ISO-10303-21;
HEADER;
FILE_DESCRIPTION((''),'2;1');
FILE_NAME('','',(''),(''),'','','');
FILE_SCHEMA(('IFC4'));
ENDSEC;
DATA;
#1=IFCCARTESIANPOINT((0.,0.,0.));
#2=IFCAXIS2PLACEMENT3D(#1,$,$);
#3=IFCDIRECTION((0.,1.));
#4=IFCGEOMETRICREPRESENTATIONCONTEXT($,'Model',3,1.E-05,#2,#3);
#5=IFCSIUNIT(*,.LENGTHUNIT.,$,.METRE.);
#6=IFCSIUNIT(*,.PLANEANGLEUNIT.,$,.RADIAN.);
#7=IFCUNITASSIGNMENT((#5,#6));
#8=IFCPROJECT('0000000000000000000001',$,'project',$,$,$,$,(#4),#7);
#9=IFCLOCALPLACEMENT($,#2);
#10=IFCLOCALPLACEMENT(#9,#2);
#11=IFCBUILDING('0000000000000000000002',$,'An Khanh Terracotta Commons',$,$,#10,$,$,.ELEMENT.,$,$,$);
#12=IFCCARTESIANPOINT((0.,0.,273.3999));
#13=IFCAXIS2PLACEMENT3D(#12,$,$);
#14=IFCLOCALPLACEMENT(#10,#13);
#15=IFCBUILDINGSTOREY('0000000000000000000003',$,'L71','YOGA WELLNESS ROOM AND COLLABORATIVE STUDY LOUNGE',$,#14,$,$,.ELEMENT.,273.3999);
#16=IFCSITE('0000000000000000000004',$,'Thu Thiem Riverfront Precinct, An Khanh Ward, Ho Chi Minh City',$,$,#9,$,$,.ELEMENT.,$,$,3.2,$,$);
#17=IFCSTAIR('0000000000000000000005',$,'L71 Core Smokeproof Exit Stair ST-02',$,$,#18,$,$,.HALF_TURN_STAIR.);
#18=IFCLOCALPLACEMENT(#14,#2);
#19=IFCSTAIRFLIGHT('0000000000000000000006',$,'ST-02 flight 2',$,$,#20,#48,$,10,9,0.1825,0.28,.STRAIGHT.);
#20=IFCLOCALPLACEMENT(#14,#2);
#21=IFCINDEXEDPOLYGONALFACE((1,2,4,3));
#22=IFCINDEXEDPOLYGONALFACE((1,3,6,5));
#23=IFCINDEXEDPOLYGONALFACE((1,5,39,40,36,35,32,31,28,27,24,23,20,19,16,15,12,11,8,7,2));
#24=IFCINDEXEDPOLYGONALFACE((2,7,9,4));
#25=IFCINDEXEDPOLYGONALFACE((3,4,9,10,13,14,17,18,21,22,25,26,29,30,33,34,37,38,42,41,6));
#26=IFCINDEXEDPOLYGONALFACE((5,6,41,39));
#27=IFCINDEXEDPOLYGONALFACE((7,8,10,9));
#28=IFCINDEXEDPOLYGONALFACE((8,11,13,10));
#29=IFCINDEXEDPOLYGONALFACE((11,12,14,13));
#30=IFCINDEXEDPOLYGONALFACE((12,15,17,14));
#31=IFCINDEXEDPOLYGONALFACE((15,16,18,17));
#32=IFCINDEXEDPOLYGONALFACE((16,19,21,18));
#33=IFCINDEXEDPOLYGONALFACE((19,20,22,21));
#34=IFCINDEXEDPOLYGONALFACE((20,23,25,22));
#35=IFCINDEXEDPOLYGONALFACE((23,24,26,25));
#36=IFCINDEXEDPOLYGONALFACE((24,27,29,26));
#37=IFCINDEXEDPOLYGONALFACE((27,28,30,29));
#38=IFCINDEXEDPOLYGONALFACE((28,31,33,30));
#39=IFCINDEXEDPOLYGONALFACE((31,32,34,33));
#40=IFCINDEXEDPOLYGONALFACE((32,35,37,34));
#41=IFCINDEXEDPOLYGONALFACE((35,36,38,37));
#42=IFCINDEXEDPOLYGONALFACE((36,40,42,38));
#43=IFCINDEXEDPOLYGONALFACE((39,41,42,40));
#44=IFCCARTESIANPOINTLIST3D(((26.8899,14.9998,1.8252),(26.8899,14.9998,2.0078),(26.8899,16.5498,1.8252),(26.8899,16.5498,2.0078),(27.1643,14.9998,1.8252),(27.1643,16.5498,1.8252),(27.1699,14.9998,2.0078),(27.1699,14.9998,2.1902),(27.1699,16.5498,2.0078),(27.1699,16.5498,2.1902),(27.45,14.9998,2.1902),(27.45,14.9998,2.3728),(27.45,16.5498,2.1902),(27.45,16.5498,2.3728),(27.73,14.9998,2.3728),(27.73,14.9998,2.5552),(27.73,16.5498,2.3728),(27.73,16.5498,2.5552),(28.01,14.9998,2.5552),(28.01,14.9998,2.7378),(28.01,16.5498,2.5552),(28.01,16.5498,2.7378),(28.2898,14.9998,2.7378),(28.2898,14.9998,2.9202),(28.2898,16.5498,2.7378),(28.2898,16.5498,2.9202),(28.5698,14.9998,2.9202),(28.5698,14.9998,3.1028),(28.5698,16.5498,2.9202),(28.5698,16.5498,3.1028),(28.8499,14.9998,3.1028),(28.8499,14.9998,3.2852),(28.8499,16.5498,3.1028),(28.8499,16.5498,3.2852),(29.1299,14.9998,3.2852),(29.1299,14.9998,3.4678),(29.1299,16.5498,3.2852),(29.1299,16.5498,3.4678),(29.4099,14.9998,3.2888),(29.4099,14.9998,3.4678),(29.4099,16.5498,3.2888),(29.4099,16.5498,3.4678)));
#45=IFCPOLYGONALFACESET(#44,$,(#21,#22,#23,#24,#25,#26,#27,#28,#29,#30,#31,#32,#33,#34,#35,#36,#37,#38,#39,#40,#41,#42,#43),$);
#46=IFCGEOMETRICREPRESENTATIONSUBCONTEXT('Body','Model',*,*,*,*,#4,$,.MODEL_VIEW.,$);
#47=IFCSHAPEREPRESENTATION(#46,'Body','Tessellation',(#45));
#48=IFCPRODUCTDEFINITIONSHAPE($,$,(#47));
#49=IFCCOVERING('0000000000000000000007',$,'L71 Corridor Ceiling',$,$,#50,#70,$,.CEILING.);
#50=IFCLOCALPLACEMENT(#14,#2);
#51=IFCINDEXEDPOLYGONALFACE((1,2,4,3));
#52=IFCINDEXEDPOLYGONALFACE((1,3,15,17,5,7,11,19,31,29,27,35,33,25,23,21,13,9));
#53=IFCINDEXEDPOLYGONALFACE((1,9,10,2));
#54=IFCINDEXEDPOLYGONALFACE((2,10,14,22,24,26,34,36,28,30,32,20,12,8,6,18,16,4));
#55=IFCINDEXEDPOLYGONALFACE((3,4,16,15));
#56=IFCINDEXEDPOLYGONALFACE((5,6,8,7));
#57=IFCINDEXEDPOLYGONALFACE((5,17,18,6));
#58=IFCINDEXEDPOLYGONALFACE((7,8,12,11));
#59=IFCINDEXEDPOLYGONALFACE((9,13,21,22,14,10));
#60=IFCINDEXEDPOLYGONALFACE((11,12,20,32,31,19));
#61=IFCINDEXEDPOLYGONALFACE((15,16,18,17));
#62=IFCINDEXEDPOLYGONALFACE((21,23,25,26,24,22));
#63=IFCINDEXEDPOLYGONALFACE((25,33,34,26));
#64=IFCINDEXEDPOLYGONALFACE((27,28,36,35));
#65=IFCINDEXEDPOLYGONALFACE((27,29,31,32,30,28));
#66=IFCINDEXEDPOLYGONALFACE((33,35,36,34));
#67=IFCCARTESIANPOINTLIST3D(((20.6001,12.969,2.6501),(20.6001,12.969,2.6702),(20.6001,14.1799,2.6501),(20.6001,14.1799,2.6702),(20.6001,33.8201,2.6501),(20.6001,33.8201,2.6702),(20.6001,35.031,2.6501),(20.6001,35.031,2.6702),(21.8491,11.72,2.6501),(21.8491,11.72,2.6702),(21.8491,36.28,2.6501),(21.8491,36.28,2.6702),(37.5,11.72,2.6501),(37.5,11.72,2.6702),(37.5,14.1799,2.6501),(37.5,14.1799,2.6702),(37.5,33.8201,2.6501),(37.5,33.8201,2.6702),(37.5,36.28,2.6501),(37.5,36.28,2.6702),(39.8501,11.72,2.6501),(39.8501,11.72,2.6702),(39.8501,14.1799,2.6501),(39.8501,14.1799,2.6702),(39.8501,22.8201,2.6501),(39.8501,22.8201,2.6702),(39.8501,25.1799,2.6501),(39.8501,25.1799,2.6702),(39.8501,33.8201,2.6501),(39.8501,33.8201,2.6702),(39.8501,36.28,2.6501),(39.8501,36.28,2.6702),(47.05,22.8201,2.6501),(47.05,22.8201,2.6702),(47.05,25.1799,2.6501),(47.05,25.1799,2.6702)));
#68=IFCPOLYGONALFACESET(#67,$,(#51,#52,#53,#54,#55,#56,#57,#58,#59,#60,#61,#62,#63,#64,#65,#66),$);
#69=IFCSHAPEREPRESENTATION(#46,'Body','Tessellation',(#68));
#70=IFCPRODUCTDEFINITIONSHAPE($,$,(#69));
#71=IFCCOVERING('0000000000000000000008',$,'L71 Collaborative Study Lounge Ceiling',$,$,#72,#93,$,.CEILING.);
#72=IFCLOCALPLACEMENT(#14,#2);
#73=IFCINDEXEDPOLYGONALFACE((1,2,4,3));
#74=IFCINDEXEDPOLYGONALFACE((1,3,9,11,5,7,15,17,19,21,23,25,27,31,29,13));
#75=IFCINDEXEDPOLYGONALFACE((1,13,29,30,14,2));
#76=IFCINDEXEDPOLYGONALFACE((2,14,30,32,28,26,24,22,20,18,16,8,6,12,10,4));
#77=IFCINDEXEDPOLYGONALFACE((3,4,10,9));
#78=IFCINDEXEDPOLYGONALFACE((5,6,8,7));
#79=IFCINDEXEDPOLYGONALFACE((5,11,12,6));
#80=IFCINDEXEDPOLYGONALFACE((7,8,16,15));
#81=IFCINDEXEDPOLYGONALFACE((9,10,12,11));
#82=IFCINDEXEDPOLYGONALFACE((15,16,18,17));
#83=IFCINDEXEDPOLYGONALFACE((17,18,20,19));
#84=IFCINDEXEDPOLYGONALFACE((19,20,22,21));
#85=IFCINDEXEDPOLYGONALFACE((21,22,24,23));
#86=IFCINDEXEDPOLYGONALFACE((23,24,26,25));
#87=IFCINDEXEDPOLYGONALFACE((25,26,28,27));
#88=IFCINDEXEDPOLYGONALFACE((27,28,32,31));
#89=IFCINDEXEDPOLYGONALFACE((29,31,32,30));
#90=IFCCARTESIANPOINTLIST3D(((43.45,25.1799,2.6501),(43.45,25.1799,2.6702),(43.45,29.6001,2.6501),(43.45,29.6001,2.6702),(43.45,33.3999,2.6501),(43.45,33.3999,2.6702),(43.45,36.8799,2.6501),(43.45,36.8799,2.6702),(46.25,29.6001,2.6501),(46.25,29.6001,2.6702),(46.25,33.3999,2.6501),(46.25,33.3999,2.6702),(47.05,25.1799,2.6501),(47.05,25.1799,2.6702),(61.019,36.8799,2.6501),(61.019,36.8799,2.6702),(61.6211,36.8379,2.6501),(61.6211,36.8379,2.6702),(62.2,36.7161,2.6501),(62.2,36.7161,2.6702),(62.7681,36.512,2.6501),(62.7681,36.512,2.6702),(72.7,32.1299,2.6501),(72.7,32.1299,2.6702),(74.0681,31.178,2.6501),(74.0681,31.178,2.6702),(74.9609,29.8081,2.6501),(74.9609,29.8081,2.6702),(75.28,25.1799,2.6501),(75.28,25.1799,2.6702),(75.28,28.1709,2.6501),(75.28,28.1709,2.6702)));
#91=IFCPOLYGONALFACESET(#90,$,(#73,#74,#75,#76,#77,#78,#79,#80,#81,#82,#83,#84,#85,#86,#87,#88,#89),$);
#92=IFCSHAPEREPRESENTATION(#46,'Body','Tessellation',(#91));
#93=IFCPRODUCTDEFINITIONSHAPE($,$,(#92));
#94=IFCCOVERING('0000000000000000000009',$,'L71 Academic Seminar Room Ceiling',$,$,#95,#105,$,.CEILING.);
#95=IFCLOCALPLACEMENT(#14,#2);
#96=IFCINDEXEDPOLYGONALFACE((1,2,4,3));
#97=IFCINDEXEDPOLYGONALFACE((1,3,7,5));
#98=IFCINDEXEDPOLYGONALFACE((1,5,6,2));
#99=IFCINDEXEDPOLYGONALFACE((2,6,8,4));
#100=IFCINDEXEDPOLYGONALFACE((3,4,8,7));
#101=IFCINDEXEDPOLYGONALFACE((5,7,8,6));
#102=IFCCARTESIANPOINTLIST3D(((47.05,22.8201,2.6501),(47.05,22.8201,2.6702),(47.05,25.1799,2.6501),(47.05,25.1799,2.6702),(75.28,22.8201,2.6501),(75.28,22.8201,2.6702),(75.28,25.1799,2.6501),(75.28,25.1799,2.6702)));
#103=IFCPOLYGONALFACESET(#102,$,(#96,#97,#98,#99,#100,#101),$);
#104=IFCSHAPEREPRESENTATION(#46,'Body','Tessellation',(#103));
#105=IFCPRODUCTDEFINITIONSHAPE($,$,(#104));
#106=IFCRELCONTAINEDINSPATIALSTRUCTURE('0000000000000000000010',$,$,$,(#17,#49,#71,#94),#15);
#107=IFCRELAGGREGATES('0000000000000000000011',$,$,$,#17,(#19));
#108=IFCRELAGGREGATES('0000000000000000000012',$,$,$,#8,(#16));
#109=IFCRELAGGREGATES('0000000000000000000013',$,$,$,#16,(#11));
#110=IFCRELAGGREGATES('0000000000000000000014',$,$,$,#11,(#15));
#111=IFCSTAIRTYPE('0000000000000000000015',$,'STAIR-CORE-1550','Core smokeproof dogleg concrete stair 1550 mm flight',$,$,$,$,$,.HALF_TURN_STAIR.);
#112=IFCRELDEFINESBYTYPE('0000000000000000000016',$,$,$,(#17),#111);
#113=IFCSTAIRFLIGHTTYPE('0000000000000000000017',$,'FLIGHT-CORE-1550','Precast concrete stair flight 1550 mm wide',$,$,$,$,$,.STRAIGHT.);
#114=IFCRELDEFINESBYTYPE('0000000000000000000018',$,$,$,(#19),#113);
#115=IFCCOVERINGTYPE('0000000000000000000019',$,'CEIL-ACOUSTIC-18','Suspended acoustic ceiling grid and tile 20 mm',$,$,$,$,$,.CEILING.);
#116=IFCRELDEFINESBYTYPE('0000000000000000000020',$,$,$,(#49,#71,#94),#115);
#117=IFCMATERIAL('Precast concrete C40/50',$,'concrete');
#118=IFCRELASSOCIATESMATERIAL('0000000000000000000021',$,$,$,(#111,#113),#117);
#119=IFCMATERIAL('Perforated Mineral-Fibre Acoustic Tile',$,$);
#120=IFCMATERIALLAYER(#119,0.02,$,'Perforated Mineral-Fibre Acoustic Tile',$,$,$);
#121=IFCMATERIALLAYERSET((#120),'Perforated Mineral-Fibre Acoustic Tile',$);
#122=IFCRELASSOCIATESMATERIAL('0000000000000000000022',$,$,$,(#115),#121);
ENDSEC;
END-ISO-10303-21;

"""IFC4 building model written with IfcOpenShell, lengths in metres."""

from ifc_helpers import new_model, si_unit, direction, frame, origin, place, context, subcontext, project, spatial, polyline, outline, extrude, material, layer, layer_set, type_object, element, aggregate, save


model = new_model("IFC4")

# Units and contexts
model_context = context("Model", 3, precision=1e-05, world=origin(), true_north=direction((0.0, 1.0)))
body_context = subcontext(model_context, "Body", "Model", "MODEL_VIEW")
ifc_project = project(units=[si_unit("LENGTHUNIT", "METRE"), si_unit("PLANEANGLEUNIT", "RADIAN")], contexts=[model_context])

# Site, building, storey
site_placement = place(None, origin())
site = spatial("IfcSite", under=ifc_project, at=site_placement, Name="Thu Thiem Riverfront Precinct, An Khanh Ward, Ho Chi Minh City", CompositionType="ELEMENT", RefElevation=3.2)
building_placement = place(site_placement, origin())
building = spatial("IfcBuilding", under=site, at=building_placement, Name="An Khanh Terracotta Commons", CompositionType="ELEMENT")
storey_placement = place(building_placement, frame((0.0, 0.0, 273.3999)))
storey = spatial("IfcBuildingStorey", under=building, at=storey_placement, Name="L71", Description="YOGA WELLNESS ROOM AND COLLABORATIVE STUDY LOUNGE", CompositionType="ELEMENT", Elevation=273.3999)

# Stair
ifc_material_1 = material(Name="Precast concrete C40/50", Category="concrete")
stair_type = type_object("IfcStairType", Name="STAIR-CORE-1550", Description="Core smokeproof dogleg concrete stair 1550 mm flight", PredefinedType="HALF_TURN_STAIR", material=ifc_material_1)
stair_1_placement = place(storey_placement, origin())
stair_1 = element("IfcStair", 1, at=stair_1_placement, inside=storey, type_object=stair_type, Name="L71 Core Smokeproof Exit Stair ST-02", PredefinedType="HALF_TURN_STAIR")

# Stair flight
stair_flight_type = type_object("IfcStairFlightType", Name="FLIGHT-CORE-1550", Description="Precast concrete stair flight 1550 mm wide", PredefinedType="STRAIGHT", material=ifc_material_1)
stair_flight_1_placement = place(storey_placement, frame((26.8899, 15.7749, 1.8252), z_axis=(0.0, 0.0, 1.0), x_axis=(1.0, 0.0, 0.0)))
stair_flight_1 = element("IfcStairFlight", 2, at=stair_flight_1_placement, type_object=stair_flight_type, Name="ST-02 flight 2", NumberOfRisers=10, NumberOfTreads=9, PredefinedType="STRAIGHT", RiserHeight=0.1825, TreadLength=0.28, context=body_context, shape_type="SweptSolid", body=[
    extrude(outline(polyline([(0.0, 0.0), (0.0, 0.1826), (0.28, 0.1826), (0.28, 0.365), (0.5601, 0.365), (0.5601, 0.5476), (0.8401, 0.5476), (0.8401, 0.73), (1.1201, 0.73), (1.1201, 0.9126), (1.3999, 0.9126), (1.3999, 1.095), (1.6799, 1.095), (1.6799, 1.2776), (1.96, 1.2776), (1.96, 1.46), (2.24, 1.46), (2.24, 1.6426), (2.52, 1.6426), (2.52, 1.825), (2.52, 1.4636), (0.2744, 0.0), (0.0, 0.0)])), frame((0.0, 0.7749, 0.0), z_axis=(0.0, -1.0, 0.0), x_axis=(1.0, 0.0, 0.0)), (0.0, 0.0, 1.0), 1.55),
])
aggregate(stair_1, [stair_flight_1])

# Coverings
ifc_material_2 = material(Name="Perforated Mineral-Fibre Acoustic Tile")
ifc_layer_1 = layer(ifc_material_2, 0.02, Name="Perforated Mineral-Fibre Acoustic Tile")
ifc_layer_set_1 = layer_set([ifc_layer_1], Name="Perforated Mineral-Fibre Acoustic Tile")
covering_type = type_object("IfcCoveringType", Name="CEIL-ACOUSTIC-18", Description="Suspended acoustic ceiling grid and tile 20 mm", PredefinedType="CEILING", material=ifc_layer_set_1)
covering_1_placement = place(storey_placement, frame((0.0, 0.0, 2.6501)))
element("IfcCovering", 3, at=covering_1_placement, inside=storey, type_object=covering_type, Name="L71 Corridor Ceiling", PredefinedType="CEILING", context=body_context, shape_type="SweptSolid", body=[
    extrude(outline(polyline([(21.8491, 11.72), (20.6001, 12.969), (20.6001, 14.1799), (37.5, 14.1799), (37.5, 33.8201), (20.6001, 33.8201), (20.6001, 35.031), (21.8491, 36.28), (37.5, 36.28), (39.8501, 36.28), (39.8501, 33.8201), (39.8501, 25.1799), (47.05, 25.1799), (47.05, 22.8201), (39.8501, 22.8201), (39.8501, 14.1799), (39.8501, 11.72), (37.5, 11.72), (21.8491, 11.72)])), origin(), (0.0, 0.0, 1.0), 0.02),
])
covering_2_placement = place(storey_placement, frame((0.0, 0.0, 2.6501)))
element("IfcCovering", 4, at=covering_2_placement, inside=storey, type_object=covering_type, Name="L71 Collaborative Study Lounge Ceiling", PredefinedType="CEILING", context=body_context, shape_type="SweptSolid", body=[
    extrude(outline(polyline([(61.019, 36.8799), (61.6211, 36.8379), (62.2, 36.7161), (62.7681, 36.512), (72.7, 32.1299), (74.0681, 31.178), (74.9609, 29.8081), (75.28, 28.1709), (75.28, 25.1799), (47.05, 25.1799), (43.45, 25.1799), (43.45, 29.6001), (46.25, 29.6001), (46.25, 33.3999), (43.45, 33.3999), (43.45, 36.8799), (61.019, 36.8799)])), origin(), (0.0, 0.0, 1.0), 0.02),
])
covering_3_placement = place(storey_placement, frame((0.0, 0.0, 2.6501)))
element("IfcCovering", 5, at=covering_3_placement, inside=storey, type_object=covering_type, Name="L71 Academic Seminar Room Ceiling", PredefinedType="CEILING", context=body_context, shape_type="SweptSolid", body=[
    extrude(outline(polyline([(75.28, 22.8201), (47.05, 22.8201), (47.05, 25.1799), (75.28, 25.1799), (75.28, 22.8201)])), origin(), (0.0, 0.0, 1.0), 0.02),
])

save(model, "model.ifc")
